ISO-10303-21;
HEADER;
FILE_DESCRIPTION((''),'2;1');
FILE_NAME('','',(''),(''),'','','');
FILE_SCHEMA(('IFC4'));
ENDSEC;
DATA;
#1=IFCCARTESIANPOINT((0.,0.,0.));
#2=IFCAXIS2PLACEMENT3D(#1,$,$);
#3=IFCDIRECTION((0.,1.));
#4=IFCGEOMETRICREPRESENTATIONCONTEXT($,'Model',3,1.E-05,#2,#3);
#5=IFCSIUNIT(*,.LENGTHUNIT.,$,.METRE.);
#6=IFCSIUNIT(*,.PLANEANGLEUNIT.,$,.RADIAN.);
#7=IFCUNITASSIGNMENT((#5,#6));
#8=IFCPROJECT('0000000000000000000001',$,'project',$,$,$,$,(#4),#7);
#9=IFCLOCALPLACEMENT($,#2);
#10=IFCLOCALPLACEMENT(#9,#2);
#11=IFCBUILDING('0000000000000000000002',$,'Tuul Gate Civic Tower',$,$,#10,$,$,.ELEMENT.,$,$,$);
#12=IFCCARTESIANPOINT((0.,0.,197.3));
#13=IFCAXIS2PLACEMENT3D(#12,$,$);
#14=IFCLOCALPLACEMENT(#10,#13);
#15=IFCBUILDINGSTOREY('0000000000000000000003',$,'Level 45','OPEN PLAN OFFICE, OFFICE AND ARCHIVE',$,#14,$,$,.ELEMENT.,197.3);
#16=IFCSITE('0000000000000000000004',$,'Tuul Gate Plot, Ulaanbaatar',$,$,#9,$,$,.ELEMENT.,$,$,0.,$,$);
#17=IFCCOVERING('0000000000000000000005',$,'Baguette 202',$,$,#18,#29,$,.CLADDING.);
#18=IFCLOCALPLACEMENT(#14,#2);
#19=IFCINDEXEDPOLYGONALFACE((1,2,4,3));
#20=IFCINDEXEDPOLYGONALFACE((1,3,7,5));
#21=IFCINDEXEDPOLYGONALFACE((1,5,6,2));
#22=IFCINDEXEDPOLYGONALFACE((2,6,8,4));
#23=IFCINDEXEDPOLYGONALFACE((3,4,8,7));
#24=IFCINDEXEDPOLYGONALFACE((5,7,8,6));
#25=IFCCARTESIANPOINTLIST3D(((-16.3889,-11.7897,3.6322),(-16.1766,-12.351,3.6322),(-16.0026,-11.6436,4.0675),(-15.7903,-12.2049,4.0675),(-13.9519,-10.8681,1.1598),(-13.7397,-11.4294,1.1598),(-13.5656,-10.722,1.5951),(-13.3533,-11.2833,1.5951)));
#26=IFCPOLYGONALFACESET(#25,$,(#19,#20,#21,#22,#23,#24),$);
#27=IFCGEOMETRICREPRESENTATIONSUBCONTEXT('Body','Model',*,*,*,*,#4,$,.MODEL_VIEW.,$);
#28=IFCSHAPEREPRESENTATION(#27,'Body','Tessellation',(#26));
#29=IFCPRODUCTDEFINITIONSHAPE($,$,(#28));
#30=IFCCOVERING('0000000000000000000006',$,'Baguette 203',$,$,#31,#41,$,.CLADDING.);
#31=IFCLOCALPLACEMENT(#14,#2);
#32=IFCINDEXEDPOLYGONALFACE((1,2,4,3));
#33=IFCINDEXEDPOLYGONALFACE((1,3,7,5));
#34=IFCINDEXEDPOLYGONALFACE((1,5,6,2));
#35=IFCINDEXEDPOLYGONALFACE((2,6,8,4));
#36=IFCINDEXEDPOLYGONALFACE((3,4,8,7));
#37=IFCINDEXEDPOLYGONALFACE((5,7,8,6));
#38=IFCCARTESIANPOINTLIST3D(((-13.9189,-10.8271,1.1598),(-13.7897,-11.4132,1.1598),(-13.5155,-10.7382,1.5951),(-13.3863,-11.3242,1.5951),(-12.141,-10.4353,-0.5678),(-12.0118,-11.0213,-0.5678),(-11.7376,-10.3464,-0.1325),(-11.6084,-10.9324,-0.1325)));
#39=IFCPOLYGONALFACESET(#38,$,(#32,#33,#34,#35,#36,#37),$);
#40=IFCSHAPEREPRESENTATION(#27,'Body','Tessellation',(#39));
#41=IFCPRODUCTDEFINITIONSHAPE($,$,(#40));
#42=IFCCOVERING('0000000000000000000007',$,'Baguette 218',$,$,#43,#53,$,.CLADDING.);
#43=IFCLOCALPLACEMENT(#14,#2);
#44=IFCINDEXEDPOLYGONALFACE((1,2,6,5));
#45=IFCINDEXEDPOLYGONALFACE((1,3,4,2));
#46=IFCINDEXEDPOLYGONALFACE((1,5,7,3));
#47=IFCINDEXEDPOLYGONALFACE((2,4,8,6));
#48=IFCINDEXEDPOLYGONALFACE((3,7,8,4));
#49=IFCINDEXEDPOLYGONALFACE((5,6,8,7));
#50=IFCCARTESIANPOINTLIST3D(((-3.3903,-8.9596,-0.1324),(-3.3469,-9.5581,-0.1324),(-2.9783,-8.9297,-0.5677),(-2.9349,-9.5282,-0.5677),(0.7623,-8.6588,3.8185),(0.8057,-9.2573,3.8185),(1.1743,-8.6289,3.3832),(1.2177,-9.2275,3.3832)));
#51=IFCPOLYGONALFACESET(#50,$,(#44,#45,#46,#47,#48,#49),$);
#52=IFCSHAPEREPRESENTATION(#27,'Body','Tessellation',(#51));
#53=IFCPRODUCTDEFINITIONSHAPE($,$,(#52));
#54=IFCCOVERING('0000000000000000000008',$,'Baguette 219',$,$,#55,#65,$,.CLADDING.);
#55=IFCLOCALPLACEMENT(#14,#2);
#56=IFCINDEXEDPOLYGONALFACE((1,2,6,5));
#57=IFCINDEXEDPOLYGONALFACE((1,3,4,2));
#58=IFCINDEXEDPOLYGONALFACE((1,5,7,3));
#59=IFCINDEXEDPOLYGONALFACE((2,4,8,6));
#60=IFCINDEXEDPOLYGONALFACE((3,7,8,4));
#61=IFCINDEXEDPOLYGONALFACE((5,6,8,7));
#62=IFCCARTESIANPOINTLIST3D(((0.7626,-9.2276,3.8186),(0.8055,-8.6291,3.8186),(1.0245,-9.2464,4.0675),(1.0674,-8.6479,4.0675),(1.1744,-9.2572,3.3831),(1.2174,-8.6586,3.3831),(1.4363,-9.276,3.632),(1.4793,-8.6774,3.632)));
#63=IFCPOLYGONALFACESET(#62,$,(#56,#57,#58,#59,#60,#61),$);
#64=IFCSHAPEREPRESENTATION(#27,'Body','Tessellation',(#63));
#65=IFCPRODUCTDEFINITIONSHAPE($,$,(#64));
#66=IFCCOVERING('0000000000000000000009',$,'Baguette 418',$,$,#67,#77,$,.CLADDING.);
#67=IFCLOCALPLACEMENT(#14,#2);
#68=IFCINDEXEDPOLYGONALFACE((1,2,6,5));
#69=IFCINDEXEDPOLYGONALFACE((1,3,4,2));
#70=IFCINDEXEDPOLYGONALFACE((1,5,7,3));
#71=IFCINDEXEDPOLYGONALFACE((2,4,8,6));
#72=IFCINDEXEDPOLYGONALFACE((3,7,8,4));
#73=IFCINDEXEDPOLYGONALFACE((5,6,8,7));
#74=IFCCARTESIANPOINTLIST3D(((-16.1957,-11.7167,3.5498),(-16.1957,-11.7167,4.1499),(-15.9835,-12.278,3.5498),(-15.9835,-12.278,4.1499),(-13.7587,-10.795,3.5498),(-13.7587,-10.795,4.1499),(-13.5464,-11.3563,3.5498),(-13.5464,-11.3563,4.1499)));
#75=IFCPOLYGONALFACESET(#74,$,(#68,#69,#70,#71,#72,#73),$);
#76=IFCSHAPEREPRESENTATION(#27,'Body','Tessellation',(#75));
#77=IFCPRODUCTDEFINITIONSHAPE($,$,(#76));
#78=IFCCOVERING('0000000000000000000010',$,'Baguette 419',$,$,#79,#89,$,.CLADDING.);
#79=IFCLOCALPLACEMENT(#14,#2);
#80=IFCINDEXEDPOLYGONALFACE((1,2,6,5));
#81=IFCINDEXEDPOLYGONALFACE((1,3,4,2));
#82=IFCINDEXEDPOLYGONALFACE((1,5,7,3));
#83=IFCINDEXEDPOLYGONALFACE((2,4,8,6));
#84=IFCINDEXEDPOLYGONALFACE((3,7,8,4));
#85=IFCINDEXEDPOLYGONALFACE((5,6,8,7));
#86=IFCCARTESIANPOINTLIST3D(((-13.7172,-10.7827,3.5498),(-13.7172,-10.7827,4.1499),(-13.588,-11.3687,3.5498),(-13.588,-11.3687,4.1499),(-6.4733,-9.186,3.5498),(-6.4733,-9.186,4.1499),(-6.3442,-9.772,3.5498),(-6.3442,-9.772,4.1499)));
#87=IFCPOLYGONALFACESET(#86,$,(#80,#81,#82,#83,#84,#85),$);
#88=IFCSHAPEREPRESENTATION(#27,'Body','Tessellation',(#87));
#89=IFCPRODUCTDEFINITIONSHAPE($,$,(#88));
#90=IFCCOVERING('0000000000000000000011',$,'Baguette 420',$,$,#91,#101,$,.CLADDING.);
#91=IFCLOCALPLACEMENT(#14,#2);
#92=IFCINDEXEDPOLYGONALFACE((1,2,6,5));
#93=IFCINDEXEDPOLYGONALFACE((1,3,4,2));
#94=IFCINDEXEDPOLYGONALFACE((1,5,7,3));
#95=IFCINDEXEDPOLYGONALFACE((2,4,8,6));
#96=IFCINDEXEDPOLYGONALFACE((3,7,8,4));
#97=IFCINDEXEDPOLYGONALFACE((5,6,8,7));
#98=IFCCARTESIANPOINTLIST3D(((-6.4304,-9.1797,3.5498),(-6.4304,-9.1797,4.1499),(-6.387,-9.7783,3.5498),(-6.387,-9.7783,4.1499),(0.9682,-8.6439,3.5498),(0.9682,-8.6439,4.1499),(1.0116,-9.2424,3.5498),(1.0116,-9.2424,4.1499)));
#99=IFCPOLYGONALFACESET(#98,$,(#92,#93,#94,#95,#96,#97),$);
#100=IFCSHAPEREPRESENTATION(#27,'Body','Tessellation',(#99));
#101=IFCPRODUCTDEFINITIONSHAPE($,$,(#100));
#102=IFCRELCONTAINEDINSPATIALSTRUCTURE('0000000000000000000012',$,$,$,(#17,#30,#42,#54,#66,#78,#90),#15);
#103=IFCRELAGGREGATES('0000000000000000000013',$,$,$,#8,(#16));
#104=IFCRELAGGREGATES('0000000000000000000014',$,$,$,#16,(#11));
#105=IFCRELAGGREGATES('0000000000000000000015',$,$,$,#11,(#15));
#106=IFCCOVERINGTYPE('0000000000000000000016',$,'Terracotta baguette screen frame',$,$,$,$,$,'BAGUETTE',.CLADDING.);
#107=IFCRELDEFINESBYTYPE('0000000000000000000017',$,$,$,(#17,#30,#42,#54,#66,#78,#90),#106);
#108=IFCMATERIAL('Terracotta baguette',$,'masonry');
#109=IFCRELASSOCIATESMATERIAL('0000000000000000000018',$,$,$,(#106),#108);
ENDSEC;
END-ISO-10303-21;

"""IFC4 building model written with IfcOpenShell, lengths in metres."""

from ifc_helpers import new_model, si_unit, direction, frame, origin, origin_2d, place, context, subcontext, project, spatial, rectangle, extrude, material, material_profile, profile_set, type_object, element, save


model = new_model("IFC4")

# Units and contexts
model_context = context("Model", 3, precision=1e-05, world=origin(), true_north=direction((0.0, 1.0)))
body_context = subcontext(model_context, "Body", "Model", "MODEL_VIEW")
ifc_project = project(units=[si_unit("LENGTHUNIT", "METRE"), si_unit("PLANEANGLEUNIT", "RADIAN")], contexts=[model_context])

# Site, building, storey
site_placement = place(None, origin())
site = spatial("IfcSite", under=ifc_project, at=site_placement, Name="Tuul Gate Plot, Ulaanbaatar", CompositionType="ELEMENT", RefElevation=0.0)
building_placement = place(site_placement, origin())
building = spatial("IfcBuilding", under=site, at=building_placement, Name="Tuul Gate Civic Tower", CompositionType="ELEMENT")
storey_placement = place(building_placement, frame((0.0, 0.0, 197.3)))
storey = spatial("IfcBuildingStorey", under=building, at=storey_placement, Name="Level 45", Description="OPEN PLAN OFFICE, OFFICE AND ARCHIVE", CompositionType="ELEMENT", Elevation=197.3)

# Coverings
ifc_material_1 = material(Name="Terracotta baguette", Category="masonry")
ifc_material_profile_1 = material_profile(ifc_material_1, rectangle(XDim=0.6001, YDim=0.6001, at=origin_2d()), Name="Terracotta baguette screen frame")
ifc_profile_set_1 = profile_set([ifc_material_profile_1], Name="Terracotta baguette")
covering_type = type_object("IfcCoveringType", Name="Terracotta baguette screen frame", ElementType="BAGUETTE", PredefinedType="CLADDING", material=ifc_profile_set_1)
covering_1_placement = place(storey_placement, frame((-16.0896, -11.9973, 3.8499), z_axis=(0.678487, 0.256591, -0.688343), x_axis=(-0.35373, 0.935347, 0.0)))
element("IfcCovering", 1, at=covering_1_placement, inside=storey, type_object=covering_type, Name="Baguette 202", PredefinedType="CLADDING", context=body_context, shape_type="SweptSolid", body=[
    extrude(rectangle(XDim=0.6001, YDim=0.6001, at=origin_2d()), origin(), (0.0, 0.0, 1.0), 3.5918),
])
covering_2_placement = place(storey_placement, frame((-13.6526, -11.0757, 1.3774), z_axis=(0.708383, 0.156132, -0.688343), x_axis=(-0.21524, 0.976561, 0.0)))
element("IfcCovering", 2, at=covering_2_placement, inside=storey, type_object=covering_type, Name="Baguette 203", PredefinedType="CLADDING", context=body_context, shape_type="SweptSolid", body=[
    extrude(rectangle(XDim=0.6001, YDim=0.6001, at=origin_2d()), origin(), (0.0, 0.0, 1.0), 2.5098),
])
covering_3_placement = place(storey_placement, frame((-3.1626, -9.2439, -0.3501), z_axis=(0.723484, 0.052404, 0.68835), x_axis=(-0.072243, 0.997387, 0.0)))
element("IfcCovering", 3, at=covering_3_placement, inside=storey, type_object=covering_type, Name="Baguette 218", PredefinedType="CLADDING", context=body_context, shape_type="SweptSolid", body=[
    extrude(rectangle(XDim=0.6001, YDim=0.6001, at=origin_2d()), origin(), (0.0, 0.0, 1.0), 5.7397),
])
covering_4_placement = place(storey_placement, frame((0.99, -8.9431, 3.6008), z_axis=(0.723802, -0.051941, 0.68805), x_axis=(0.071577, 0.997435, 0.0)))
element("IfcCovering", 4, at=covering_4_placement, inside=storey, type_object=covering_type, Name="Baguette 219", PredefinedType="CLADDING", context=body_context, shape_type="SweptSolid", body=[
    extrude(rectangle(XDim=0.6001, YDim=0.6001, at=origin_2d()), origin(), (0.0, 0.0, 1.0), 0.3618),
])
covering_5_placement = place(storey_placement, frame((-16.0896, -11.9973, 3.8499), z_axis=(0.935347, 0.35373, 0.0), x_axis=(-0.35373, 0.935347, 0.0)))
element("IfcCovering", 5, at=covering_5_placement, inside=storey, type_object=covering_type, Name="Baguette 418", PredefinedType="CLADDING", context=body_context, shape_type="SweptSolid", body=[
    extrude(rectangle(XDim=0.6001, YDim=0.6001, at=origin_2d()), origin(), (0.0, 0.0, 1.0), 2.6055),
])
covering_6_placement = place(storey_placement, frame((-13.6526, -11.0757, 3.8499), z_axis=(0.976559, 0.21525, 0.0), x_axis=(-0.21525, 0.976559, 0.0)))
element("IfcCovering", 6, at=covering_6_placement, inside=storey, type_object=covering_type, Name="Baguette 419", PredefinedType="CLADDING", context=body_context, shape_type="SweptSolid", body=[
    extrude(rectangle(XDim=0.6001, YDim=0.6001, at=origin_2d()), origin(), (0.0, 0.0, 1.0), 7.4177),
])
covering_7_placement = place(storey_placement, frame((-6.4087, -9.479, 3.8499), z_axis=(0.997387, 0.072241, 0.0), x_axis=(-0.072241, 0.997387, 0.0)))
element("IfcCovering", 7, at=covering_7_placement, inside=storey, type_object=covering_type, Name="Baguette 420", PredefinedType="CLADDING", context=body_context, shape_type="SweptSolid", body=[
    extrude(rectangle(XDim=0.6001, YDim=0.6001, at=origin_2d()), origin(), (0.0, 0.0, 1.0), 7.418),
])

save(model, "model.ifc")
